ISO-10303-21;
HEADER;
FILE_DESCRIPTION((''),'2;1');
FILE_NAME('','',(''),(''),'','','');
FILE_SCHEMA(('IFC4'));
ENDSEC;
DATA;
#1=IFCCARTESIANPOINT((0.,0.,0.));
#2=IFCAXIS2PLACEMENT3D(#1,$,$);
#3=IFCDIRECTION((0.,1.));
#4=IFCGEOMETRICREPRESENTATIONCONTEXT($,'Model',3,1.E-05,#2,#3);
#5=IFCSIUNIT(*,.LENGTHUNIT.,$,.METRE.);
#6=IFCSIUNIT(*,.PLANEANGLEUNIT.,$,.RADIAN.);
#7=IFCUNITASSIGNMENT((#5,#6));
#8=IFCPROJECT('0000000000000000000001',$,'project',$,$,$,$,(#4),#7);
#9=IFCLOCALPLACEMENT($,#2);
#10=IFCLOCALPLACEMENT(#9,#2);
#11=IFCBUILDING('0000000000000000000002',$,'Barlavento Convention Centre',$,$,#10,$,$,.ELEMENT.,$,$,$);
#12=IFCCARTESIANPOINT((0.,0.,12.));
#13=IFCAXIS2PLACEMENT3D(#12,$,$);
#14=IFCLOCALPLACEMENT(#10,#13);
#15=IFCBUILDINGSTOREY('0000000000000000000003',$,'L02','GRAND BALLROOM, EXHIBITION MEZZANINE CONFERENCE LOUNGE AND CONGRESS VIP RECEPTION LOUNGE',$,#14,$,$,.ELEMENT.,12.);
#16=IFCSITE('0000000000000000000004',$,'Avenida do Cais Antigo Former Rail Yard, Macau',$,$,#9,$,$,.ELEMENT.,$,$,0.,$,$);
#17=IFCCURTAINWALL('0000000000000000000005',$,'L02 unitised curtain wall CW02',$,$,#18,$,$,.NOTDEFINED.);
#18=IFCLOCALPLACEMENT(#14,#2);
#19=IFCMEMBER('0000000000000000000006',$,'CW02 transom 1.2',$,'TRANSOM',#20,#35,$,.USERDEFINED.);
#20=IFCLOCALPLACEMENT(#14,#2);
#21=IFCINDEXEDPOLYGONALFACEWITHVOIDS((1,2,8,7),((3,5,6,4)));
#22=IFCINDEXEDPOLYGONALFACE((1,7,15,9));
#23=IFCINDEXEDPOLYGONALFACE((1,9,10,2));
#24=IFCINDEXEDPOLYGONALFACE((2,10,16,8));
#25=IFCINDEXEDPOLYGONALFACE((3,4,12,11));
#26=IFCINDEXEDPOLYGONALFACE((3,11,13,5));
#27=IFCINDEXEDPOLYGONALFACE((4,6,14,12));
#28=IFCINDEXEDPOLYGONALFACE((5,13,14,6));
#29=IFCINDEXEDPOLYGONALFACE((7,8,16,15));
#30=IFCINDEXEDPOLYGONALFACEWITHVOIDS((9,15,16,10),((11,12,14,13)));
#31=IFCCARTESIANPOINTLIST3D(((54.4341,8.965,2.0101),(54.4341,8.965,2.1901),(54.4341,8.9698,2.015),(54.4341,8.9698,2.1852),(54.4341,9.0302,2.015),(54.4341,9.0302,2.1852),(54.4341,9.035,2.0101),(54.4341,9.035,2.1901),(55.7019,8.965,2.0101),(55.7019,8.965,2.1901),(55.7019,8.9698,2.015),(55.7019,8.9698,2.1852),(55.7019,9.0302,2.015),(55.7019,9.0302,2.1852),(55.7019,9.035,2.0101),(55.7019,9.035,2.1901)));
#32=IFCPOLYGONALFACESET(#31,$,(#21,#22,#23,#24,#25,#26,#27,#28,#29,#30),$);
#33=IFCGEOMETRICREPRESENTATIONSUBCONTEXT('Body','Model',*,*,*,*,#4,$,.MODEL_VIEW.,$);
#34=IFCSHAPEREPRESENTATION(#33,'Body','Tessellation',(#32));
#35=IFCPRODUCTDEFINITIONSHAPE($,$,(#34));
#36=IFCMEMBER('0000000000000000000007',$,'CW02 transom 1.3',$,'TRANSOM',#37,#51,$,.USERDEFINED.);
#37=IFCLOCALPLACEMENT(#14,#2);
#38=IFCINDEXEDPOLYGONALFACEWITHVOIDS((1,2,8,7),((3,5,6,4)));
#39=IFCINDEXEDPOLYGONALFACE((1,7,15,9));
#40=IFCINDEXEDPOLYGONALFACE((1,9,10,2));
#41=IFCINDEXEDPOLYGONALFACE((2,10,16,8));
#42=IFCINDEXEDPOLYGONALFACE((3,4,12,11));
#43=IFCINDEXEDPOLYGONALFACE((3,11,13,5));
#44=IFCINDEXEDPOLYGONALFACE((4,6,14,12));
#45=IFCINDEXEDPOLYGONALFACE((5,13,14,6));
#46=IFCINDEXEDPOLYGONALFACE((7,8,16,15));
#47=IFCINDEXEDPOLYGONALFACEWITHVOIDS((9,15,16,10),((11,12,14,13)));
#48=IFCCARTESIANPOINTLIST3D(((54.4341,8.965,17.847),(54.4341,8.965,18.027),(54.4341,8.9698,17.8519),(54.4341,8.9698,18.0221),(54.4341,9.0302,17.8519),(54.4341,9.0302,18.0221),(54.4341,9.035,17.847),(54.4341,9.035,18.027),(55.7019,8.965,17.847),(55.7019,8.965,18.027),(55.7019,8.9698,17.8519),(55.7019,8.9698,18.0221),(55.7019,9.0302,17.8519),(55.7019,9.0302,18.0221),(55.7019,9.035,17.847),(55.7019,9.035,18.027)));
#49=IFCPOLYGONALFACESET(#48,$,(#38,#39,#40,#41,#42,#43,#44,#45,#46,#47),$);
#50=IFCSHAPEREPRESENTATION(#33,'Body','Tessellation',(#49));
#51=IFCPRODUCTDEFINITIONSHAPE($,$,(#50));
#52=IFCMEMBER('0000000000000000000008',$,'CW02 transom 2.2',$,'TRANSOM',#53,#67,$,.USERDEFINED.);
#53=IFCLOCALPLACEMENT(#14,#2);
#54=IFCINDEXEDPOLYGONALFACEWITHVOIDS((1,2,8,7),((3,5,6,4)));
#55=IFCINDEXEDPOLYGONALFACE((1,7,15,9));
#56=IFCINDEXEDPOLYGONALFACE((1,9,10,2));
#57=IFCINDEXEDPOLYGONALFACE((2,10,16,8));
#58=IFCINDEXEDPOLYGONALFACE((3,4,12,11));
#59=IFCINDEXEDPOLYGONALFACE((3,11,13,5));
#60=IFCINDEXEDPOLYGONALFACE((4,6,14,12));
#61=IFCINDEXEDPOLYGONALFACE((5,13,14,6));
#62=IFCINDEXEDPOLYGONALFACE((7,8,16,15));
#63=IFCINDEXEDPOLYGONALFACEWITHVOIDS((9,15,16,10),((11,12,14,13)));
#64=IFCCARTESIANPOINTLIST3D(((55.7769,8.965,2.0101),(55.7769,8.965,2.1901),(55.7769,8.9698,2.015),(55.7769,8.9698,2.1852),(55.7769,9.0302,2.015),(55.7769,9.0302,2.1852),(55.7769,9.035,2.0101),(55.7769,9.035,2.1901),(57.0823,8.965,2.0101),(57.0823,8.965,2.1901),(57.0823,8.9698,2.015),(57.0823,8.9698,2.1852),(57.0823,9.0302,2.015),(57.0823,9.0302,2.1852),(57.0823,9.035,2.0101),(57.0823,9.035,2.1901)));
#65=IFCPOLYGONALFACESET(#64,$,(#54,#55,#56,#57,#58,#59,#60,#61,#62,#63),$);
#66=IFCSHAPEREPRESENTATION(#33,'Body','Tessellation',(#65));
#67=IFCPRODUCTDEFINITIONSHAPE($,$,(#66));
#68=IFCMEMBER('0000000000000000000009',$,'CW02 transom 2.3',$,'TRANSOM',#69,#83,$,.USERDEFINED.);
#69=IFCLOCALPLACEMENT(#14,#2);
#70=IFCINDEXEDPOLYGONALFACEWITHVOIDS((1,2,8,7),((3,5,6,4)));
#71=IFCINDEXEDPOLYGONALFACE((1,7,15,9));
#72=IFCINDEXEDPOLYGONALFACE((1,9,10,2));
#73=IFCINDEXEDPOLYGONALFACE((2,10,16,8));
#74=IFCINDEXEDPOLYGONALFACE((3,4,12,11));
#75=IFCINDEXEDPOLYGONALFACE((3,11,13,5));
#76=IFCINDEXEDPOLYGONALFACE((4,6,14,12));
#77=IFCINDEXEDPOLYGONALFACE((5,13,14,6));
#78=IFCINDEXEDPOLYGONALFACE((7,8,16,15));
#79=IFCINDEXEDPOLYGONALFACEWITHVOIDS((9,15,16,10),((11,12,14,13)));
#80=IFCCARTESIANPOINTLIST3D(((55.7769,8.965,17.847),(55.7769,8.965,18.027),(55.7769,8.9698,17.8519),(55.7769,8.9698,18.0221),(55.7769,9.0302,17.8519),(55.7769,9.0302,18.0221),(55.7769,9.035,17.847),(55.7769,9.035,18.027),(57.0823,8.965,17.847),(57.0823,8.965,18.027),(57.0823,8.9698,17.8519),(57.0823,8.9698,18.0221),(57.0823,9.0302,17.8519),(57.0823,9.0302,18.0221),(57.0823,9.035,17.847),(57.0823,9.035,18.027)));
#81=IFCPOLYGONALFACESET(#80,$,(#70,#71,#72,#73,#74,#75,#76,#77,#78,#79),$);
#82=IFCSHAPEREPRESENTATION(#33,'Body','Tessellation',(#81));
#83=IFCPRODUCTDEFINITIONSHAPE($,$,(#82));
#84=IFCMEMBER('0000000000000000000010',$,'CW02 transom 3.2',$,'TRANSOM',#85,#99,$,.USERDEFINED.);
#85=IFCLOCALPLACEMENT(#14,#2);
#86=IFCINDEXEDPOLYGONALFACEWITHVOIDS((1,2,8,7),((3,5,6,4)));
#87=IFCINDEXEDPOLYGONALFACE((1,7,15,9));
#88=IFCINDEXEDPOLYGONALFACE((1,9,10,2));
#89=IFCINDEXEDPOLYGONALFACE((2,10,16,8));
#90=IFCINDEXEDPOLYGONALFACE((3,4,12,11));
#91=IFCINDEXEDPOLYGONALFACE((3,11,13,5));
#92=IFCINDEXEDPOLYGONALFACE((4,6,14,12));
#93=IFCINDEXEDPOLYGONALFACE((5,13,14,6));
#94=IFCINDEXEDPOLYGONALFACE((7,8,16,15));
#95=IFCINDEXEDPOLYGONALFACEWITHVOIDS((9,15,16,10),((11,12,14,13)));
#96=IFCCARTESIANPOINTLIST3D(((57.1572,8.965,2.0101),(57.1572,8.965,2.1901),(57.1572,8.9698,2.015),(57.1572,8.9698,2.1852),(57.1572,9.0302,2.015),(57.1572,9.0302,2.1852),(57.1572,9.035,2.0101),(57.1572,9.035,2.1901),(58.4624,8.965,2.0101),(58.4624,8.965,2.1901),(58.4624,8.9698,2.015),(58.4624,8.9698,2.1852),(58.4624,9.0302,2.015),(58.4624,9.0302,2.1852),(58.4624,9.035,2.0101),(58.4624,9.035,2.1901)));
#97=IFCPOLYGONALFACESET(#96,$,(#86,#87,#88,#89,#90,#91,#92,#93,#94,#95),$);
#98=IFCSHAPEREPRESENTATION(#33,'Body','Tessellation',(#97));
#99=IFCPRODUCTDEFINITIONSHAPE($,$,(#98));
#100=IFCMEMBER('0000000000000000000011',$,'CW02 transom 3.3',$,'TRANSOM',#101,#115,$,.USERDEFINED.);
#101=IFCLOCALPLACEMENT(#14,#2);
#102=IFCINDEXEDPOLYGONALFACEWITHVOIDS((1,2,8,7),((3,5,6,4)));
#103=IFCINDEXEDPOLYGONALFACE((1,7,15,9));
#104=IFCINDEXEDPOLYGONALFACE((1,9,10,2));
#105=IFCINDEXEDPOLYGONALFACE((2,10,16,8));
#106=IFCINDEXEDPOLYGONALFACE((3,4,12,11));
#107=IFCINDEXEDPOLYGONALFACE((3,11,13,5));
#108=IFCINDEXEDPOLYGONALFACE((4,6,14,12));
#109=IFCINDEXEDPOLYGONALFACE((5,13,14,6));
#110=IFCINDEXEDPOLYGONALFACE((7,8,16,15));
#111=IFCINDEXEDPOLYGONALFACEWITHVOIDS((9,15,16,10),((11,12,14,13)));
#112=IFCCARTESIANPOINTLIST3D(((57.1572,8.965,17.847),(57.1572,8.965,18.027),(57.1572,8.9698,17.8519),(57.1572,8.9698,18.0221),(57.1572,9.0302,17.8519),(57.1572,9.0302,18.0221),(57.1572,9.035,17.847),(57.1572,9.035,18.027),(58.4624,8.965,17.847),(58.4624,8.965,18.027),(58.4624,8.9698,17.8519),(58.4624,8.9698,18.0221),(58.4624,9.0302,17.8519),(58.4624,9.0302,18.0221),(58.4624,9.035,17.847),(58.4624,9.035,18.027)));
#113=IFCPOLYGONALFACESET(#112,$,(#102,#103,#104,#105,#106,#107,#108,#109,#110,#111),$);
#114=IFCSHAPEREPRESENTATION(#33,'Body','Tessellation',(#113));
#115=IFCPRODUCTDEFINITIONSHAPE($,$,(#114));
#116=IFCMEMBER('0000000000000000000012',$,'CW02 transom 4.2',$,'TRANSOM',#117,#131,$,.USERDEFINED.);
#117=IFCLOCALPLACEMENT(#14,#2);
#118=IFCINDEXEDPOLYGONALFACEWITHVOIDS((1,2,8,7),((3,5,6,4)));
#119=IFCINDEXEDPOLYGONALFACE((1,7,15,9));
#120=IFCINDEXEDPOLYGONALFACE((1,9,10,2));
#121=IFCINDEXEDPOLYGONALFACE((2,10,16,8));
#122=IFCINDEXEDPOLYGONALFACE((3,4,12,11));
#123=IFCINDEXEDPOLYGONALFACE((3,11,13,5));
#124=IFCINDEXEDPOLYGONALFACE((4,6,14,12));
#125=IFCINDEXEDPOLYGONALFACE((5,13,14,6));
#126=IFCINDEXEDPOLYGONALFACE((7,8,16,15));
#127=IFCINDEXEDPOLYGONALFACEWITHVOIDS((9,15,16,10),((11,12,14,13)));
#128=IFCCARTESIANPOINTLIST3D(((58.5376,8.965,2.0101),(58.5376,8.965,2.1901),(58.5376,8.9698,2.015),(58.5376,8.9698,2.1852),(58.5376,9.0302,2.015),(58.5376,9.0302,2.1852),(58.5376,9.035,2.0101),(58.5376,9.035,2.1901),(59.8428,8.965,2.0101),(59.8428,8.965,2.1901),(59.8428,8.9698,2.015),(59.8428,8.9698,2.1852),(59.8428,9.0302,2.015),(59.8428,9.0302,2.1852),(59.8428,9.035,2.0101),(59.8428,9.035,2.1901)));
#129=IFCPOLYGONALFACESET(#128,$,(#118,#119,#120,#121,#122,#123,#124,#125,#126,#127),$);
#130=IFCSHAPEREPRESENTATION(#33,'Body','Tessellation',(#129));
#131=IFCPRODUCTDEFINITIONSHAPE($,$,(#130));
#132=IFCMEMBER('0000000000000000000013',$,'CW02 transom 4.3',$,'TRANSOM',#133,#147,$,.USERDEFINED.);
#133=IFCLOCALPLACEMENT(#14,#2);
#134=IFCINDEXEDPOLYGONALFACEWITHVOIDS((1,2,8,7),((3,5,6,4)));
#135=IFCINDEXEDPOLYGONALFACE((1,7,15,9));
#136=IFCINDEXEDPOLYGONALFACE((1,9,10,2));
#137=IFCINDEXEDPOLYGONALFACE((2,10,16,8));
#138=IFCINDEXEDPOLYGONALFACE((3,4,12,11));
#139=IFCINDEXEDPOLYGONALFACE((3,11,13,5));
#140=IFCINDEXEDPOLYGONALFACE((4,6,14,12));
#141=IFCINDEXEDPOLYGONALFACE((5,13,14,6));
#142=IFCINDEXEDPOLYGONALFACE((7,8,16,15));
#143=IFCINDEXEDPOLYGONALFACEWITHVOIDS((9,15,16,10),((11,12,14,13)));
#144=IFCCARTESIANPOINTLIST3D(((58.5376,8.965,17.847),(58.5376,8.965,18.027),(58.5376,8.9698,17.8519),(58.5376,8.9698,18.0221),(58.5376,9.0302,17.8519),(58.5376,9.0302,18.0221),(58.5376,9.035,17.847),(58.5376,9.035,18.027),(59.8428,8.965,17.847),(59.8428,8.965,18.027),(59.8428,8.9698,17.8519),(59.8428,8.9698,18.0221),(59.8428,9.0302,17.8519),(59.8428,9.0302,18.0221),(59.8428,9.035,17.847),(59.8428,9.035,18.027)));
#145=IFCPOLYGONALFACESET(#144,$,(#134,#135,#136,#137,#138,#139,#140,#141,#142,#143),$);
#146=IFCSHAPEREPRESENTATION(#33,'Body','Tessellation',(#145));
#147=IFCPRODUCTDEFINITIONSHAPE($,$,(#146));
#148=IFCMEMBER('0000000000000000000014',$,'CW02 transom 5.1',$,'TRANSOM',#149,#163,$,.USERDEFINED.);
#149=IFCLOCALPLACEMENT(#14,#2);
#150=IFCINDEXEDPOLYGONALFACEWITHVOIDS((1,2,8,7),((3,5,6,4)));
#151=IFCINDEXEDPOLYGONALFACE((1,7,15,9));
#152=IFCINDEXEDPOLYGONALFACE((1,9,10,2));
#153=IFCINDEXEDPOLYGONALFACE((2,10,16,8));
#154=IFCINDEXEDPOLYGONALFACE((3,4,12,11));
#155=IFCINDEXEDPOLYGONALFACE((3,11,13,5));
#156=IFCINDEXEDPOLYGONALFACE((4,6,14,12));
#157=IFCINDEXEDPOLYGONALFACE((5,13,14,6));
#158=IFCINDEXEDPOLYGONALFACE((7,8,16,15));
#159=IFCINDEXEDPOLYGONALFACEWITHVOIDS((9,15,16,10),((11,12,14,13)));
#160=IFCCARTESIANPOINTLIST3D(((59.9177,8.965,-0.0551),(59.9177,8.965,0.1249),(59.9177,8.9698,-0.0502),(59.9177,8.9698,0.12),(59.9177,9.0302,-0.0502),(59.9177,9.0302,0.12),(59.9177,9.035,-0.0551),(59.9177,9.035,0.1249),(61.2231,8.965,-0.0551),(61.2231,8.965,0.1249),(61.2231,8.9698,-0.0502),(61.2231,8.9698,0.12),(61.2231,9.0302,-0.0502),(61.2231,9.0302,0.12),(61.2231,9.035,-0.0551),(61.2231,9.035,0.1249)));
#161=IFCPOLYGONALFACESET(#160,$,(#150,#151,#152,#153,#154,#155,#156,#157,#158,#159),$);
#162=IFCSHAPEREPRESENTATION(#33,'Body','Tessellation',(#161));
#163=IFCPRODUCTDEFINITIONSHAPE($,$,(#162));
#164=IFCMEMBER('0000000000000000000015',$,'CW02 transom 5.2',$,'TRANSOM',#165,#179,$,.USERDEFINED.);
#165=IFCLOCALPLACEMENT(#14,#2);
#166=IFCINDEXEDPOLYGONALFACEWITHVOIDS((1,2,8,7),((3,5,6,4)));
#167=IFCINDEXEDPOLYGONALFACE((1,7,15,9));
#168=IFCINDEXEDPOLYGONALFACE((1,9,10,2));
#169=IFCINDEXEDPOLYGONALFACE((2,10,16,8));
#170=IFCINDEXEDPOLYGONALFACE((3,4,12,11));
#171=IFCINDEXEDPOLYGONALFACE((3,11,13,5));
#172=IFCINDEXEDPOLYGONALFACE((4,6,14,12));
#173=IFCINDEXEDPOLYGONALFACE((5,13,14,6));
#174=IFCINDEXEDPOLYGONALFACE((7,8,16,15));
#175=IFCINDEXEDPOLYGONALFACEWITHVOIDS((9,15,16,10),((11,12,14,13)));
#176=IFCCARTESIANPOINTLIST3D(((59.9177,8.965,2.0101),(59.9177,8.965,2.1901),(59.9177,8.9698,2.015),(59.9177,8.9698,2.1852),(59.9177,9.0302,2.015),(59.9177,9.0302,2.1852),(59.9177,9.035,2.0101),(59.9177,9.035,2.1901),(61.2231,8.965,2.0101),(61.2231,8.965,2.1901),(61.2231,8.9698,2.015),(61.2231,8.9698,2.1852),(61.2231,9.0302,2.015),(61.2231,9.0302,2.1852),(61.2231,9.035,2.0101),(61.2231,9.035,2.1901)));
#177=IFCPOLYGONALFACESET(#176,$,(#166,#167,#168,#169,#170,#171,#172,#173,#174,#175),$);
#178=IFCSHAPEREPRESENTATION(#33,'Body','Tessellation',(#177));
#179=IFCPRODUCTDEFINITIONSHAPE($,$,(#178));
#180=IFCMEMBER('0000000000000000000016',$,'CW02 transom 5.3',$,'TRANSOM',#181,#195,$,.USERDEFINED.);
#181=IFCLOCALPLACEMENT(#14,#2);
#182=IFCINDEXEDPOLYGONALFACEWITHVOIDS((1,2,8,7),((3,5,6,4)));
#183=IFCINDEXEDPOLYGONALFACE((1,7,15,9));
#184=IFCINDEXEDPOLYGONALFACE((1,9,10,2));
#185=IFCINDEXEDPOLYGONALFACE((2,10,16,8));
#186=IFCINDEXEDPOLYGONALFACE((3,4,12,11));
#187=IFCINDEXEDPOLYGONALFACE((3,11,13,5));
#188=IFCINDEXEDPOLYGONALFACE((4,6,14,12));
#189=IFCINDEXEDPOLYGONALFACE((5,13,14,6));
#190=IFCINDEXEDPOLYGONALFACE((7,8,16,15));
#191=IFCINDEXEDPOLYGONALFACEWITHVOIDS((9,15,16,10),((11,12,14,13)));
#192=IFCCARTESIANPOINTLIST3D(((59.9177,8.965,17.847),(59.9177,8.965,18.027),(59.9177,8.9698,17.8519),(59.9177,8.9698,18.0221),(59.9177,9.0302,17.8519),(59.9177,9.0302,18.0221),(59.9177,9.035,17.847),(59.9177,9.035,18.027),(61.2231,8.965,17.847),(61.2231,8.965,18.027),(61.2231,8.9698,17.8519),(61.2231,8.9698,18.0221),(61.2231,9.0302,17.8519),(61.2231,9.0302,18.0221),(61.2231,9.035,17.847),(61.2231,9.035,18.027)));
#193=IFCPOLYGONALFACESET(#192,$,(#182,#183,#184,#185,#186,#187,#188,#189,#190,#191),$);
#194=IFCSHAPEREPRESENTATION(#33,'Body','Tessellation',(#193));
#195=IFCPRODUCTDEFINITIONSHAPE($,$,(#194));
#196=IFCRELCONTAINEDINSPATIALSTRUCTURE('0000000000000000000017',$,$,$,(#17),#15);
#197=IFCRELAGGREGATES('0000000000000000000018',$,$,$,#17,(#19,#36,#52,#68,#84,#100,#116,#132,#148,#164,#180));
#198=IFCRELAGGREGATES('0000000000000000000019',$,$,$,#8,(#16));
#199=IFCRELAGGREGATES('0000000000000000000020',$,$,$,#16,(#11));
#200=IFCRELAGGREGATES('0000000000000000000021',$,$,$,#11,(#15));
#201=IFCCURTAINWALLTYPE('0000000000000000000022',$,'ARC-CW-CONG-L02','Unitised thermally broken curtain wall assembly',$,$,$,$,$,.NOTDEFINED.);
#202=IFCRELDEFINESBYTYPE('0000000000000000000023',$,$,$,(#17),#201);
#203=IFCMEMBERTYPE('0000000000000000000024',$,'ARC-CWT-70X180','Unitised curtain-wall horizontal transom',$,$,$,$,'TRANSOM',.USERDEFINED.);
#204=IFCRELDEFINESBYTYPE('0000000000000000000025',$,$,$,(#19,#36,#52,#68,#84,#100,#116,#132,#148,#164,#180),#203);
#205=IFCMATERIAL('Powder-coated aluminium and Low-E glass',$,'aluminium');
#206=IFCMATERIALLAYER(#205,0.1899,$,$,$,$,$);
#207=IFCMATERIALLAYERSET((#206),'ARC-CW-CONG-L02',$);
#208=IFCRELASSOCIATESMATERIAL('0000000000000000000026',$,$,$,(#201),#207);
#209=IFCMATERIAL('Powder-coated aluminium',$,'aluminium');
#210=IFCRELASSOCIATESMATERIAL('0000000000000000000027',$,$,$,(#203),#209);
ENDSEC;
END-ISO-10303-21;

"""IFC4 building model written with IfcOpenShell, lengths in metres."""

from ifc_helpers import new_model, si_unit, direction, frame, origin, origin_2d, place, context, subcontext, project, spatial, hollow_rectangle, extrude, material, layer, layer_set, material_profile, profile_set, type_object, element, aggregate, save


model = new_model("IFC4")

# Units and contexts
model_context = context("Model", 3, precision=1e-05, world=origin(), true_north=direction((0.0, 1.0)))
body_context = subcontext(model_context, "Body", "Model", "MODEL_VIEW")
ifc_project = project(units=[si_unit("LENGTHUNIT", "METRE"), si_unit("PLANEANGLEUNIT", "RADIAN")], contexts=[model_context])

# Site, building, storey
site_placement = place(None, origin())
site = spatial("IfcSite", under=ifc_project, at=site_placement, Name="Avenida do Cais Antigo Former Rail Yard, Macau", CompositionType="ELEMENT", RefElevation=0.0)
building_placement = place(site_placement, origin())
building = spatial("IfcBuilding", under=site, at=building_placement, Name="Barlavento Convention Centre", CompositionType="ELEMENT")
storey_placement = place(building_placement, frame((0.0, 0.0, 12.0)))
storey = spatial("IfcBuildingStorey", under=building, at=storey_placement, Name="L02", Description="GRAND BALLROOM, EXHIBITION MEZZANINE CONFERENCE LOUNGE AND CONGRESS VIP RECEPTION LOUNGE", CompositionType="ELEMENT", Elevation=12.0)

# Curtain wall, members
ifc_material_1 = material(Name="Powder-coated aluminium and Low-E glass", Category="aluminium")
ifc_layer_1 = layer(ifc_material_1, 0.1899)
ifc_layer_set_1 = layer_set([ifc_layer_1], Name="ARC-CW-CONG-L02")
curtain_wall_type = type_object("IfcCurtainWallType", Name="ARC-CW-CONG-L02", Description="Unitised thermally broken curtain wall assembly", PredefinedType="NOTDEFINED", material=ifc_layer_set_1)
curtain_wall_1_placement = place(storey_placement, origin())
curtain_wall_1 = element("IfcCurtainWall", 1, at=curtain_wall_1_placement, inside=storey, type_object=curtain_wall_type, Name="L02 unitised curtain wall CW02", PredefinedType="NOTDEFINED")
ifc_material_2 = material(Name="Powder-coated aluminium", Category="aluminium")
ifc_material_profile = material_profile(ifc_material_2, hollow_rectangle(XDim=0.0701, YDim=0.1799, WallThickness=0.0049, at=origin_2d()), Name="AL-TRAN 70x180x5")
ifc_profile_set = profile_set([ifc_material_profile], Name="Powder-coated aluminium")
member_type = type_object("IfcMemberType", Name="ARC-CWT-70X180", Description="Unitised curtain-wall horizontal transom", ElementType="TRANSOM", PredefinedType="USERDEFINED", material=ifc_profile_set)
member_1_placement = place(storey_placement, frame((54.4341, 9.0, 2.1001), z_axis=(1.0, 0.0, 0.0), x_axis=(0.0, 1.0, 0.0)))
member_1 = element("IfcMember", 2, at=member_1_placement, type_object=member_type, Name="CW02 transom 1.2", ObjectType="TRANSOM", PredefinedType="USERDEFINED", context=body_context, shape_type="SweptSolid", body=[
    extrude(hollow_rectangle(XDim=0.0701, YDim=0.1799, WallThickness=0.0049, at=origin_2d()), origin(), (0.0, 0.0, 1.0), 1.2678),
])
member_2_placement = place(storey_placement, frame((54.4341, 9.0, 17.937), z_axis=(1.0, 0.0, 0.0), x_axis=(0.0, 1.0, 0.0)))
member_2 = element("IfcMember", 3, at=member_2_placement, type_object=member_type, Name="CW02 transom 1.3", ObjectType="TRANSOM", PredefinedType="USERDEFINED", context=body_context, shape_type="SweptSolid", body=[
    extrude(hollow_rectangle(XDim=0.0701, YDim=0.1799, WallThickness=0.0049, at=origin_2d()), origin(), (0.0, 0.0, 1.0), 1.2678),
])
member_3_placement = place(storey_placement, frame((55.7769, 9.0, 2.1001), z_axis=(1.0, 0.0, 0.0), x_axis=(0.0, 1.0, 0.0)))
member_3 = element("IfcMember", 4, at=member_3_placement, type_object=member_type, Name="CW02 transom 2.2", ObjectType="TRANSOM", PredefinedType="USERDEFINED", context=body_context, shape_type="SweptSolid", body=[
    extrude(hollow_rectangle(XDim=0.0701, YDim=0.1799, WallThickness=0.0049, at=origin_2d()), origin(), (0.0, 0.0, 1.0), 1.3054),
])
member_4_placement = place(storey_placement, frame((55.7769, 9.0, 17.937), z_axis=(1.0, 0.0, 0.0), x_axis=(0.0, 1.0, 0.0)))
member_4 = element("IfcMember", 5, at=member_4_placement, type_object=member_type, Name="CW02 transom 2.3", ObjectType="TRANSOM", PredefinedType="USERDEFINED", context=body_context, shape_type="SweptSolid", body=[
    extrude(hollow_rectangle(XDim=0.0701, YDim=0.1799, WallThickness=0.0049, at=origin_2d()), origin(), (0.0, 0.0, 1.0), 1.3054),
])
member_5_placement = place(storey_placement, frame((57.1572, 9.0, 2.1001), z_axis=(1.0, 0.0, 0.0), x_axis=(0.0, 1.0, 0.0)))
member_5 = element("IfcMember", 6, at=member_5_placement, type_object=member_type, Name="CW02 transom 3.2", ObjectType="TRANSOM", PredefinedType="USERDEFINED", context=body_context, shape_type="SweptSolid", body=[
    extrude(hollow_rectangle(XDim=0.0701, YDim=0.1799, WallThickness=0.0049, at=origin_2d()), origin(), (0.0, 0.0, 1.0), 1.3052),
])
member_6_placement = place(storey_placement, frame((57.1572, 9.0, 17.937), z_axis=(1.0, 0.0, 0.0), x_axis=(0.0, 1.0, 0.0)))
member_6 = element("IfcMember", 7, at=member_6_placement, type_object=member_type, Name="CW02 transom 3.3", ObjectType="TRANSOM", PredefinedType="USERDEFINED", context=body_context, shape_type="SweptSolid", body=[
    extrude(hollow_rectangle(XDim=0.0701, YDim=0.1799, WallThickness=0.0049, at=origin_2d()), origin(), (0.0, 0.0, 1.0), 1.3052),
])
member_7_placement = place(storey_placement, frame((58.5376, 9.0, 2.1001), z_axis=(1.0, 0.0, 0.0), x_axis=(0.0, 1.0, 0.0)))
member_7 = element("IfcMember", 8, at=member_7_placement, type_object=member_type, Name="CW02 transom 4.2", ObjectType="TRANSOM", PredefinedType="USERDEFINED", context=body_context, shape_type="SweptSolid", body=[
    extrude(hollow_rectangle(XDim=0.0701, YDim=0.1799, WallThickness=0.0049, at=origin_2d()), origin(), (0.0, 0.0, 1.0), 1.3052),
])
member_8_placement = place(storey_placement, frame((58.5376, 9.0, 17.937), z_axis=(1.0, 0.0, 0.0), x_axis=(0.0, 1.0, 0.0)))
member_8 = element("IfcMember", 9, at=member_8_placement, type_object=member_type, Name="CW02 transom 4.3", ObjectType="TRANSOM", PredefinedType="USERDEFINED", context=body_context, shape_type="SweptSolid", body=[
    extrude(hollow_rectangle(XDim=0.0701, YDim=0.1799, WallThickness=0.0049, at=origin_2d()), origin(), (0.0, 0.0, 1.0), 1.3052),
])
member_9_placement = place(storey_placement, frame((59.9177, 9.0, 0.0349), z_axis=(1.0, 0.0, 0.0), x_axis=(0.0, 1.0, 0.0)))
member_9 = element("IfcMember", 10, at=member_9_placement, type_object=member_type, Name="CW02 transom 5.1", ObjectType="TRANSOM", PredefinedType="USERDEFINED", context=body_context, shape_type="SweptSolid", body=[
    extrude(hollow_rectangle(XDim=0.0701, YDim=0.1799, WallThickness=0.0049, at=origin_2d()), origin(), (0.0, 0.0, 1.0), 1.3054),
])
member_10_placement = place(storey_placement, frame((59.9177, 9.0, 2.1001), z_axis=(1.0, 0.0, 0.0), x_axis=(0.0, 1.0, 0.0)))
member_10 = element("IfcMember", 11, at=member_10_placement, type_object=member_type, Name="CW02 transom 5.2", ObjectType="TRANSOM", PredefinedType="USERDEFINED", context=body_context, shape_type="SweptSolid", body=[
    extrude(hollow_rectangle(XDim=0.0701, YDim=0.1799, WallThickness=0.0049, at=origin_2d()), origin(), (0.0, 0.0, 1.0), 1.3054),
])
member_11_placement = place(storey_placement, frame((59.9177, 9.0, 17.937), z_axis=(1.0, 0.0, 0.0), x_axis=(0.0, 1.0, 0.0)))
member_11 = element("IfcMember", 12, at=member_11_placement, type_object=member_type, Name="CW02 transom 5.3", ObjectType="TRANSOM", PredefinedType="USERDEFINED", context=body_context, shape_type="SweptSolid", body=[
    extrude(hollow_rectangle(XDim=0.0701, YDim=0.1799, WallThickness=0.0049, at=origin_2d()), origin(), (0.0, 0.0, 1.0), 1.3054),
])

aggregate(curtain_wall_1, [member_1, member_2, member_3, member_4, member_5, member_6, member_7, member_8, member_9, member_10, member_11])

save(model, "model.ifc")
